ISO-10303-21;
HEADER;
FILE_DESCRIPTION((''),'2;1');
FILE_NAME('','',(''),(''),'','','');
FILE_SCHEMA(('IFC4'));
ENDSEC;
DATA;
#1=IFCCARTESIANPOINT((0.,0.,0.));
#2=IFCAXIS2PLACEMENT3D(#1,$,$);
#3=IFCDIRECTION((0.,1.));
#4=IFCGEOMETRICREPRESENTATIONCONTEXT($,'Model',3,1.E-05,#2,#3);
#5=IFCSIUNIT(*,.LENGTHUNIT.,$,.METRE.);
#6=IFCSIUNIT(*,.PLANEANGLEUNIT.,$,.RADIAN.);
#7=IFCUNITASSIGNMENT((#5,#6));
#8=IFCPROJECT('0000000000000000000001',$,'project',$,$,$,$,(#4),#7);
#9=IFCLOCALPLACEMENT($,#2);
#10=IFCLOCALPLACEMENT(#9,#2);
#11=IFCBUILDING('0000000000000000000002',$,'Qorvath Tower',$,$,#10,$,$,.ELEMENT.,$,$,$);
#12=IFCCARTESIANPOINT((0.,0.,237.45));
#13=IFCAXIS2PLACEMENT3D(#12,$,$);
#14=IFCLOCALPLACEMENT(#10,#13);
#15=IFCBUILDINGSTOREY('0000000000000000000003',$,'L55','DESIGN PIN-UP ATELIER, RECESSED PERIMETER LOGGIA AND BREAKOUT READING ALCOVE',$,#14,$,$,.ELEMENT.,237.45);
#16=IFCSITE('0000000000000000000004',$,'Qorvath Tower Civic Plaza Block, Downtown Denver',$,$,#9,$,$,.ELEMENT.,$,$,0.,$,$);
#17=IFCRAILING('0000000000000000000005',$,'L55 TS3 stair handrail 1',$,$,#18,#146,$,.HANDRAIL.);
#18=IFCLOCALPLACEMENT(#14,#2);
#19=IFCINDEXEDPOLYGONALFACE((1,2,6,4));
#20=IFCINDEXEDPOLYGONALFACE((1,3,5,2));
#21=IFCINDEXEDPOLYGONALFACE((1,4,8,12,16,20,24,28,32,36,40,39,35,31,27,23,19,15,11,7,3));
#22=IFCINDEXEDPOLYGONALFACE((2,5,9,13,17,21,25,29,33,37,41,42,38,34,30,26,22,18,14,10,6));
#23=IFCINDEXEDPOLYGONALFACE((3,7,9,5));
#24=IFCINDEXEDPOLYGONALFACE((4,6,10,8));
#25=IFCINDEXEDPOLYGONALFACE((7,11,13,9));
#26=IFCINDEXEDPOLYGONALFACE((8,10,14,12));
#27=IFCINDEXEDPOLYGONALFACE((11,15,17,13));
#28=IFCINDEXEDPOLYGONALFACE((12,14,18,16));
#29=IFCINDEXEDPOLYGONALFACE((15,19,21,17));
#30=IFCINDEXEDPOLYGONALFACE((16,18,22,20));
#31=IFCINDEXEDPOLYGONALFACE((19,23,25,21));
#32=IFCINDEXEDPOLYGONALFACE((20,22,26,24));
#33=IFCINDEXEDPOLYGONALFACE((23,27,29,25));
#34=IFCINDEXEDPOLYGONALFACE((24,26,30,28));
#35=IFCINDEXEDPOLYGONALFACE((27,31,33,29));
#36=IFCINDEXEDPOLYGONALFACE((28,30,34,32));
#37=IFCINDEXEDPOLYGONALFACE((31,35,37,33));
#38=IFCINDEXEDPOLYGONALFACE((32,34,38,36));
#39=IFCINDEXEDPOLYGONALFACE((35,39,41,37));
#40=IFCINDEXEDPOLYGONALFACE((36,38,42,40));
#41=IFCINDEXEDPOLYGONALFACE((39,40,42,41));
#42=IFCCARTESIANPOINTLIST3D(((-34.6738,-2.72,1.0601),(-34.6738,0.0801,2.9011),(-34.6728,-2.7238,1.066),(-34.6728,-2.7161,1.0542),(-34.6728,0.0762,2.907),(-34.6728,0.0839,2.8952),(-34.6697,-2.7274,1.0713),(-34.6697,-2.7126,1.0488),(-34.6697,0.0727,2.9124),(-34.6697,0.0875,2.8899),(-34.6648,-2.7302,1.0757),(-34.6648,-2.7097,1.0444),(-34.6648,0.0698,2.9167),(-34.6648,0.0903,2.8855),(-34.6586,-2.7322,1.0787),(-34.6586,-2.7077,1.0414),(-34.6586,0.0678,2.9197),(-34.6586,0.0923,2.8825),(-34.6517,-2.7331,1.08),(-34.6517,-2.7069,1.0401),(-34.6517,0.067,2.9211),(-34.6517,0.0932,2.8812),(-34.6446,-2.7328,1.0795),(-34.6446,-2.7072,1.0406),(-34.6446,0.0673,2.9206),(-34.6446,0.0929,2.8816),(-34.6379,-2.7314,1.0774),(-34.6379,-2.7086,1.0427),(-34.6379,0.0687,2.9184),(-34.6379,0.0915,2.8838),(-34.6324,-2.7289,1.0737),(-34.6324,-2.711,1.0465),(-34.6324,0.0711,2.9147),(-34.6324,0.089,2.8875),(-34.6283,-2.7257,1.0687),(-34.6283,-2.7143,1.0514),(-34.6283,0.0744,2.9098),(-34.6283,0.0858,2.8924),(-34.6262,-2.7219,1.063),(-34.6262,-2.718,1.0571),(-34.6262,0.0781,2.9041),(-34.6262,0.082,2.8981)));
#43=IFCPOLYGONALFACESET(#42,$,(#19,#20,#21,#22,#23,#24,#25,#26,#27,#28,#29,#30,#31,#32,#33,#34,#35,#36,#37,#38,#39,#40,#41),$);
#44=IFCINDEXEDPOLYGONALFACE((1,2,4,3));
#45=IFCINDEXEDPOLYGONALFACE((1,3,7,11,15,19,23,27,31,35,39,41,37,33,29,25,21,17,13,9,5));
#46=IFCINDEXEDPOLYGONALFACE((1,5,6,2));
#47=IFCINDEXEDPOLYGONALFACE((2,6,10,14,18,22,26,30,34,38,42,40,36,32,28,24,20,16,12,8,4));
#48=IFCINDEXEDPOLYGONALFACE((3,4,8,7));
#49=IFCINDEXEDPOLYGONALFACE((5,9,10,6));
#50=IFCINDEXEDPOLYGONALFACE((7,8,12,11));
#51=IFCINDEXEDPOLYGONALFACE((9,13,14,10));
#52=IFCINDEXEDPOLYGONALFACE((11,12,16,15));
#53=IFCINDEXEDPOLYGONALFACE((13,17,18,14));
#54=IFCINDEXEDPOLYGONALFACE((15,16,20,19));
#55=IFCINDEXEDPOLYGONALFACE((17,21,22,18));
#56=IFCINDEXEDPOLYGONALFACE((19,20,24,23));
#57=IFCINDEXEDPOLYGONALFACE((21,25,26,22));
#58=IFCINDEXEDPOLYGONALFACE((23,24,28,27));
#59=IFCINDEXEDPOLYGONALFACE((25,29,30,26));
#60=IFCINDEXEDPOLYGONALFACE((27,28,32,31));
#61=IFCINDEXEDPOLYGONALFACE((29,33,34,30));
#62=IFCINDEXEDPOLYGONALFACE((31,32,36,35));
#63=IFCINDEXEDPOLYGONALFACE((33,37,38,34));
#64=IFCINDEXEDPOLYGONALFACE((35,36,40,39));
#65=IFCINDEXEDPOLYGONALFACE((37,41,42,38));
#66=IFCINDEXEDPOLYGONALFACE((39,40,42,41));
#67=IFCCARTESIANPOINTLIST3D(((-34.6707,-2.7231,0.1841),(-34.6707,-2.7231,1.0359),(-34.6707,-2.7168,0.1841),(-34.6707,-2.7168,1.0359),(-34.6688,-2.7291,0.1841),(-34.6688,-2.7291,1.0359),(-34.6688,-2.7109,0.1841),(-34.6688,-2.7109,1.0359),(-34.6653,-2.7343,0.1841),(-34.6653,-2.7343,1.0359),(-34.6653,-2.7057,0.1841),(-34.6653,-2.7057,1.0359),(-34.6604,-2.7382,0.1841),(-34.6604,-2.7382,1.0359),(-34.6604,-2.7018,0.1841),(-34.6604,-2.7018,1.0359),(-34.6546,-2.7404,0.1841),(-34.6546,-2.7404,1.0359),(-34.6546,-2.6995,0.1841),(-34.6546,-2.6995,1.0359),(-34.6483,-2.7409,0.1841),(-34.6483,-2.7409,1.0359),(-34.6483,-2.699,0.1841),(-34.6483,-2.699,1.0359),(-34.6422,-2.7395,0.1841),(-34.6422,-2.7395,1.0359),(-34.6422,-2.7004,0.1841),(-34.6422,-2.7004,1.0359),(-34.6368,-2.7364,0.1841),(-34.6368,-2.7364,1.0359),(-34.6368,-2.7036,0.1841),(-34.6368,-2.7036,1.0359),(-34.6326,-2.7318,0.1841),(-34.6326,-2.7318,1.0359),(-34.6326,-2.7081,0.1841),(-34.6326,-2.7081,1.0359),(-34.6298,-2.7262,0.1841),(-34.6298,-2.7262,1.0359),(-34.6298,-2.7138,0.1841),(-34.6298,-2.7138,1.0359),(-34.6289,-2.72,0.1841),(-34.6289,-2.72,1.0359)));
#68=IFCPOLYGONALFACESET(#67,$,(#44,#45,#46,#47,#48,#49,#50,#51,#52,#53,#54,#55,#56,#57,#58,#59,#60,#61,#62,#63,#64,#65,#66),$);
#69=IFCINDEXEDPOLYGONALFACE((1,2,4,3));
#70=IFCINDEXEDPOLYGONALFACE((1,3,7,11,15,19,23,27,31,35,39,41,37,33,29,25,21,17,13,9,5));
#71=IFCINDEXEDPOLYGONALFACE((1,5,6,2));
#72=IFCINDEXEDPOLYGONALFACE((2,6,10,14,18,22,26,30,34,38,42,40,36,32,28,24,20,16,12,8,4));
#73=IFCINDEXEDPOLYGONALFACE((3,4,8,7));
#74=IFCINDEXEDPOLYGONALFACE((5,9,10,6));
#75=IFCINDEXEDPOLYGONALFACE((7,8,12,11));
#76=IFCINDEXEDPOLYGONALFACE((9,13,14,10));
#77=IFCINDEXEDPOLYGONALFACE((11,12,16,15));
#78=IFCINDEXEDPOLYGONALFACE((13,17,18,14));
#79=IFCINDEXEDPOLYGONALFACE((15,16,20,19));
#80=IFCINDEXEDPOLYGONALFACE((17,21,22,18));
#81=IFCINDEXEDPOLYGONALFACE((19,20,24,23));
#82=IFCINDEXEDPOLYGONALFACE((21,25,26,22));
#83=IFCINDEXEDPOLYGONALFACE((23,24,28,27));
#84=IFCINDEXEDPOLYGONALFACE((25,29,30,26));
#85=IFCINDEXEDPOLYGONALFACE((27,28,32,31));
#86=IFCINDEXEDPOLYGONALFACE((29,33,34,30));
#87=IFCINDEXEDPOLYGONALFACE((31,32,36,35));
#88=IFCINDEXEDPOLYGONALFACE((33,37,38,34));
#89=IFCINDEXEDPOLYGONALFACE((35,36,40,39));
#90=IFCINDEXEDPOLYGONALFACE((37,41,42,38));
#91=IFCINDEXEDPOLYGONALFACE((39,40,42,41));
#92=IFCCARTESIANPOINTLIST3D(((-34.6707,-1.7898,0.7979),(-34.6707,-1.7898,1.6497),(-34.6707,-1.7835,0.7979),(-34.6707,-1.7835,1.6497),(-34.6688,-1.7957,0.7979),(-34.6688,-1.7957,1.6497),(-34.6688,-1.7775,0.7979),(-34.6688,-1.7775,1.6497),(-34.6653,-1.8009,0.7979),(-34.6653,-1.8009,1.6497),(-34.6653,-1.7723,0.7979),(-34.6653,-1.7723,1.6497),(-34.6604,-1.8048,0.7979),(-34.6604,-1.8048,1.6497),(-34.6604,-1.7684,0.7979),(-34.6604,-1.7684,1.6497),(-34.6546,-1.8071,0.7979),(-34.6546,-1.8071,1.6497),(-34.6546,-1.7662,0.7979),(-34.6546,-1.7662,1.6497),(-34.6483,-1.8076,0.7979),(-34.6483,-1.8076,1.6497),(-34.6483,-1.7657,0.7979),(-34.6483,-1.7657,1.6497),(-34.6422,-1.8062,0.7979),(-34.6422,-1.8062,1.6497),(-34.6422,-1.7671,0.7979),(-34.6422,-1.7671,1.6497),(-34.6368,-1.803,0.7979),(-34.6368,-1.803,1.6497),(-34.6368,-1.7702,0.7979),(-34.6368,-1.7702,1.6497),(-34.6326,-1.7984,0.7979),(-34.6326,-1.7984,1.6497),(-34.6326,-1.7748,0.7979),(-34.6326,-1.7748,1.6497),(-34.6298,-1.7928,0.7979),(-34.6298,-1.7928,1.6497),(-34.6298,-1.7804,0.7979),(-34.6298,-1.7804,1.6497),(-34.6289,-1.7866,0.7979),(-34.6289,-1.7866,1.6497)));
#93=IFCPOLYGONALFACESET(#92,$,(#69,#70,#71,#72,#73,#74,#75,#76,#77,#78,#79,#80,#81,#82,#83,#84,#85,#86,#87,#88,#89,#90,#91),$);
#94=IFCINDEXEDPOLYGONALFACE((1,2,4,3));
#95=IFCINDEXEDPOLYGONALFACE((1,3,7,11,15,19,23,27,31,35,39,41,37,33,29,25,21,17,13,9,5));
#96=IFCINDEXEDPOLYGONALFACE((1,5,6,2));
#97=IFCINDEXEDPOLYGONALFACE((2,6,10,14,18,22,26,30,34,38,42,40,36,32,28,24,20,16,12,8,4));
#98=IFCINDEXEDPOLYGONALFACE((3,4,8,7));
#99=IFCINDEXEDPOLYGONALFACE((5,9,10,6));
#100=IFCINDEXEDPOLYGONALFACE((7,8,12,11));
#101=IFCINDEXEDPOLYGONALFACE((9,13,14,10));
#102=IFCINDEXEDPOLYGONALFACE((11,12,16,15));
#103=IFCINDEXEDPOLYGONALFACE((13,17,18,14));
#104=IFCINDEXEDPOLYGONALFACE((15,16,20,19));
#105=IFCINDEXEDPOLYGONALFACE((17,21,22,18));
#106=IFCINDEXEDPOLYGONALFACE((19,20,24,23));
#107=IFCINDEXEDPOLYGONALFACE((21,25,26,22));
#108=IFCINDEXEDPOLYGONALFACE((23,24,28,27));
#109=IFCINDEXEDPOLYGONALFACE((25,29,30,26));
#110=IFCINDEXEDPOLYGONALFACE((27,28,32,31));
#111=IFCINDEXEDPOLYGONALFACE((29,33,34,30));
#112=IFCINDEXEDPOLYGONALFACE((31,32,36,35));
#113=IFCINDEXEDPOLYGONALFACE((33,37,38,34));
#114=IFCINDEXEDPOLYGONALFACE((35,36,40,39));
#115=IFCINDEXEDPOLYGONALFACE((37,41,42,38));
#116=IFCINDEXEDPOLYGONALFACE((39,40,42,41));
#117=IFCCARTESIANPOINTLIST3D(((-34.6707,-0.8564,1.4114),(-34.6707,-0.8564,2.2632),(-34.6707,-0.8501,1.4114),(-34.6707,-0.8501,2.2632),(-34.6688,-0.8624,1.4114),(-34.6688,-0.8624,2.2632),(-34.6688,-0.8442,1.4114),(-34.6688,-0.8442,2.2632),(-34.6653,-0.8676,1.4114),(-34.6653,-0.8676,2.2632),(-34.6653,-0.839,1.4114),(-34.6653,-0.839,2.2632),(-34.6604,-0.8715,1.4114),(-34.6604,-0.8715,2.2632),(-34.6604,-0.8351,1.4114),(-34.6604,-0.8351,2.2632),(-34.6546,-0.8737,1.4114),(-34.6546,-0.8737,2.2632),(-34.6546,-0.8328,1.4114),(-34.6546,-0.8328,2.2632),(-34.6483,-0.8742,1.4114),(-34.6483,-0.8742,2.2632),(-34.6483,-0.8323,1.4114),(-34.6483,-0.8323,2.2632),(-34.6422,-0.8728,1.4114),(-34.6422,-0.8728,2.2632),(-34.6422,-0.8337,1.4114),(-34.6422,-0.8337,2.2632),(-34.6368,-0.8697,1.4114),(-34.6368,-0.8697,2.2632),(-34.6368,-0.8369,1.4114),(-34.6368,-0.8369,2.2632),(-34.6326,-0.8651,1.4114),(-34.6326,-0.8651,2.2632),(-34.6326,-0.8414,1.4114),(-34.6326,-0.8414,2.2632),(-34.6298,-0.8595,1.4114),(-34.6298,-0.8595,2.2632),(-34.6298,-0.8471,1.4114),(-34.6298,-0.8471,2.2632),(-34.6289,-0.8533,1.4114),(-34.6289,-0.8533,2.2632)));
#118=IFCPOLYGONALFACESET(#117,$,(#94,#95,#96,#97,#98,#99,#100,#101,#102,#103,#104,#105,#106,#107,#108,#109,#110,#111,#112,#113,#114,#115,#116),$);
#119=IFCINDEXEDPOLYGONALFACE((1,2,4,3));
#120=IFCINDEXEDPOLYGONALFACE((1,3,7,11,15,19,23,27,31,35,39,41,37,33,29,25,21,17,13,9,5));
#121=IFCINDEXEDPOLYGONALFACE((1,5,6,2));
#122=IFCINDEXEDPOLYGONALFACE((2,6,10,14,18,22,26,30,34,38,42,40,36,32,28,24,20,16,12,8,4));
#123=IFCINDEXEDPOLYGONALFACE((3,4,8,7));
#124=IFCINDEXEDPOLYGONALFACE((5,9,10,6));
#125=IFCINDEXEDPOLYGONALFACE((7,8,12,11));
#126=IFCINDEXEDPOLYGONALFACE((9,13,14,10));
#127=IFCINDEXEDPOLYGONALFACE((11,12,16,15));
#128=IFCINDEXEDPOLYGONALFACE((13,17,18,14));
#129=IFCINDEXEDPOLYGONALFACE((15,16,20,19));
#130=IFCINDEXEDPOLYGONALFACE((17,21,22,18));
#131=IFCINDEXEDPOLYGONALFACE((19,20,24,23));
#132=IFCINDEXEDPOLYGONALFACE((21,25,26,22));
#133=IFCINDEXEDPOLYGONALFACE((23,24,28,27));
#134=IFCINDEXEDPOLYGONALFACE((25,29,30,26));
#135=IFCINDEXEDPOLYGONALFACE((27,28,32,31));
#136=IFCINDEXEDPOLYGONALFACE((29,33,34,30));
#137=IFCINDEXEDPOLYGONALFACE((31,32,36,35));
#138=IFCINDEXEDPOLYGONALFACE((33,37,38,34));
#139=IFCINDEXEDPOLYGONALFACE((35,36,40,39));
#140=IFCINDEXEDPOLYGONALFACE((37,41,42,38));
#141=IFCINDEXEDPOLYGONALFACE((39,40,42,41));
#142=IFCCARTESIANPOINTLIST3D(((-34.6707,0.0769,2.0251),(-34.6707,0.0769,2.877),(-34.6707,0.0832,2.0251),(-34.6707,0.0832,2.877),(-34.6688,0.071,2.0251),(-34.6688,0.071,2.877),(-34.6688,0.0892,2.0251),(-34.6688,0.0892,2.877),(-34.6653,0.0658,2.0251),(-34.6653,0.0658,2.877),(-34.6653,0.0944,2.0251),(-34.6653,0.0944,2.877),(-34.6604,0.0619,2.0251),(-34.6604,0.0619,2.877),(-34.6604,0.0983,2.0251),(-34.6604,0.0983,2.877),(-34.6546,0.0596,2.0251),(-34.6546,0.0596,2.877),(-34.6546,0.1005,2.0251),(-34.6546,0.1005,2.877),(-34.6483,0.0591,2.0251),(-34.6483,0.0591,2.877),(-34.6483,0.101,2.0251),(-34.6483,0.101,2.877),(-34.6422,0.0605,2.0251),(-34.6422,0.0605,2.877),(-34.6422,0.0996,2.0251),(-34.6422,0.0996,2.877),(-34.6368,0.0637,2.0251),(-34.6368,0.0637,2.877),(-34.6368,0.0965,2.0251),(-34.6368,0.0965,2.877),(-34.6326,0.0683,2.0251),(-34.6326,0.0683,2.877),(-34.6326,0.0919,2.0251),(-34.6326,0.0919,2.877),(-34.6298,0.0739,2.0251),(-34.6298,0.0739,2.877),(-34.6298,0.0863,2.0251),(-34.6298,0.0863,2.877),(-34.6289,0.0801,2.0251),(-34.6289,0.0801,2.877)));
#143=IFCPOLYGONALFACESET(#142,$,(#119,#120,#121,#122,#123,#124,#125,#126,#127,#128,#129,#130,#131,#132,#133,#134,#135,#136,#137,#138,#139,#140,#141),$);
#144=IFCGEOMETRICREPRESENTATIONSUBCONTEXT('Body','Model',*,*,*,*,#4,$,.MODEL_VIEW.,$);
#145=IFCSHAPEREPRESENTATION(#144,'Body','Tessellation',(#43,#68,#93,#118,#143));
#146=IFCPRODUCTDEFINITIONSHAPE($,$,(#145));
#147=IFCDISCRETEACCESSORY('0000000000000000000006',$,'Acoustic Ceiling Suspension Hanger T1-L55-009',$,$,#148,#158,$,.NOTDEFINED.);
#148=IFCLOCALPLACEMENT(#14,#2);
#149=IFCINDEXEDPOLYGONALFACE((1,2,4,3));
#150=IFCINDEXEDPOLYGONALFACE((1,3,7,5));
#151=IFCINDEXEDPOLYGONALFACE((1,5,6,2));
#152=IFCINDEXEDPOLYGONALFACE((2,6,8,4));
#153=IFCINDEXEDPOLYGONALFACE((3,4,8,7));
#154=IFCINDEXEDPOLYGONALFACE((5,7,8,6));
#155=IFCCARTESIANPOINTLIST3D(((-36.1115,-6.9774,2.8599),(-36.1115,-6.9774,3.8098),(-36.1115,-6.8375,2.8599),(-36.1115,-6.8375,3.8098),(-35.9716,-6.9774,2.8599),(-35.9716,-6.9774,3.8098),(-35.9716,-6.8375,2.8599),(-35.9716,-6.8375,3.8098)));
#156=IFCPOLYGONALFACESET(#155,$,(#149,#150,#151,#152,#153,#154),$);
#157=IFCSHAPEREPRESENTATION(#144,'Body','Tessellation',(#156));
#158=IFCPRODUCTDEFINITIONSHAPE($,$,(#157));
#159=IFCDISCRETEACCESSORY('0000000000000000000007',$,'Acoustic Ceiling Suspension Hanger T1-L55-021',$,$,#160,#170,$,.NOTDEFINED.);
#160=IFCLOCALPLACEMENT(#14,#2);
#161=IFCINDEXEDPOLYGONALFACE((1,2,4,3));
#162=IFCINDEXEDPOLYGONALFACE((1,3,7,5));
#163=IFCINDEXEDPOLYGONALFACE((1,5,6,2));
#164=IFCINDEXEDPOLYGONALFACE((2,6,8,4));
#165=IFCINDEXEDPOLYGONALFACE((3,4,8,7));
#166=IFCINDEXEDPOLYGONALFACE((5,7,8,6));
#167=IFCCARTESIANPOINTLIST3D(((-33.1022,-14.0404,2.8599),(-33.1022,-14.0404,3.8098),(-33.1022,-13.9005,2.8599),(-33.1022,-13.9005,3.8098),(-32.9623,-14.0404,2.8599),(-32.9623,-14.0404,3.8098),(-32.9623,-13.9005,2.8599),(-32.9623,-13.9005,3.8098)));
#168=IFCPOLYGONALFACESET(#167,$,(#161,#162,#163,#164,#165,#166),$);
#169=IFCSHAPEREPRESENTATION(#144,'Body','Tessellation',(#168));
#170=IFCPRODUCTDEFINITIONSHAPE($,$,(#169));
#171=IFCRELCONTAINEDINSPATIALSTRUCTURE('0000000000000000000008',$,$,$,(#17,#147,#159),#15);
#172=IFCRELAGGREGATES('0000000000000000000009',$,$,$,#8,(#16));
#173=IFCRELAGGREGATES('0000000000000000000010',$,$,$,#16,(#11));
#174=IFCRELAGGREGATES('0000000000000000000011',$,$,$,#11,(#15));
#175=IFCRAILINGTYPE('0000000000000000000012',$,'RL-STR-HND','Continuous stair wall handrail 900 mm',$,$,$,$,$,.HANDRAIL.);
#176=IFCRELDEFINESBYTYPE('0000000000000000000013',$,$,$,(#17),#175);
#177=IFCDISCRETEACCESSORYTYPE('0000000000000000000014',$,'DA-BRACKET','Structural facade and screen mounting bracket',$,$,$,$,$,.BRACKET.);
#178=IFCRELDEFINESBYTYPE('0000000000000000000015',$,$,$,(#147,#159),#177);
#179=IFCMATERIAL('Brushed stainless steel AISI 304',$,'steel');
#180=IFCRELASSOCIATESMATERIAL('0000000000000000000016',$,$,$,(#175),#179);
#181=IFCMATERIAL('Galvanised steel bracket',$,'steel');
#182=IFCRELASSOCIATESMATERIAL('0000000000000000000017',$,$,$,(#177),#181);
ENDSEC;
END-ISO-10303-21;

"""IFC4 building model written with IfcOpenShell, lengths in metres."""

from ifc_helpers import new_model, si_unit, direction, frame, origin, origin_2d, place, context, subcontext, project, spatial, rectangle, circle, extrude, material, type_object, element, save


model = new_model("IFC4")

# Units and contexts
model_context = context("Model", 3, precision=1e-05, world=origin(), true_north=direction((0.0, 1.0)))
body_context = subcontext(model_context, "Body", "Model", "MODEL_VIEW")
ifc_project = project(units=[si_unit("LENGTHUNIT", "METRE"), si_unit("PLANEANGLEUNIT", "RADIAN")], contexts=[model_context])

# Site, building, storey
site_placement = place(None, origin())
site = spatial("IfcSite", under=ifc_project, at=site_placement, Name="Qorvath Tower Civic Plaza Block, Downtown Denver", CompositionType="ELEMENT", RefElevation=0.0)
building_placement = place(site_placement, origin())
building = spatial("IfcBuilding", under=site, at=building_placement, Name="Qorvath Tower", CompositionType="ELEMENT")
storey_placement = place(building_placement, frame((0.0, 0.0, 237.45)))
storey = spatial("IfcBuildingStorey", under=building, at=storey_placement, Name="L55", Description="DESIGN PIN-UP ATELIER, RECESSED PERIMETER LOGGIA AND BREAKOUT READING ALCOVE", CompositionType="ELEMENT", Elevation=237.45)

# Railing
ifc_material_1 = material(Name="Brushed stainless steel AISI 304", Category="steel")
railing_type_1 = type_object("IfcRailingType", Name="RL-STR-HND", Description="Continuous stair wall handrail 900 mm", PredefinedType="HANDRAIL", material=ifc_material_1)
railing_1_placement = place(storey_placement, frame((-34.6499, -2.72, 0.1841)))
element("IfcRailing", 1, at=railing_1_placement, inside=storey, type_object=railing_type_1, Name="L55 TS3 stair handrail 1", PredefinedType="HANDRAIL", context=body_context, shape_type="SweptSolid", body=[
    extrude(circle(Radius=0.0239, at=origin_2d()), frame((0.0, 0.0, 0.876), z_axis=(0.0, 0.835564, 0.549393), x_axis=(-1.0, 0.0, 0.0)), (0.0, 0.0, 1.0), 3.3511),
    extrude(circle(Radius=0.021, at=origin_2d()), origin(), (0.0, 0.0, 1.0), 0.8518),
    extrude(circle(Radius=0.021, at=origin_2d()), frame((0.0, 0.9333, 0.6138)), (0.0, 0.0, 1.0), 0.8518),
    extrude(circle(Radius=0.021, at=origin_2d()), frame((0.0, 1.8667, 1.2273)), (0.0, 0.0, 1.0), 0.8518),
    extrude(circle(Radius=0.021, at=origin_2d()), frame((0.0, 2.8, 1.8411)), (0.0, 0.0, 1.0), 0.8518),
])

# Discrete accessories
ifc_material_2 = material(Name="Galvanised steel bracket", Category="steel")
discrete_accessory_type = type_object("IfcDiscreteAccessoryType", Name="DA-BRACKET", Description="Structural facade and screen mounting bracket", PredefinedType="BRACKET", material=ifc_material_2)
for number, where, z_axis, x_axis, name in (
    (2, (-36.0415, -6.9075, 2.8599), (0.0, 0.0, 1.0), (1.0, 0.0, 0.0), "Acoustic Ceiling Suspension Hanger T1-L55-009"),
    (3, (-33.0322, -13.9705, 2.8599), (0.0, 0.0, 1.0), (1.0, 0.0, 0.0), "Acoustic Ceiling Suspension Hanger T1-L55-021"),
):
    element("IfcDiscreteAccessory", number, at=place(storey_placement, frame(where, z_axis=z_axis, x_axis=x_axis)), inside=storey, type_object=discrete_accessory_type, Name=name, PredefinedType="NOTDEFINED", context=body_context, shape_type="SweptSolid", body=[
        extrude(rectangle(XDim=0.1399, YDim=0.1399, at=origin_2d()), origin(), (0.0, 0.0, 1.0), 0.95),
    ])

save(model, "model.ifc")
